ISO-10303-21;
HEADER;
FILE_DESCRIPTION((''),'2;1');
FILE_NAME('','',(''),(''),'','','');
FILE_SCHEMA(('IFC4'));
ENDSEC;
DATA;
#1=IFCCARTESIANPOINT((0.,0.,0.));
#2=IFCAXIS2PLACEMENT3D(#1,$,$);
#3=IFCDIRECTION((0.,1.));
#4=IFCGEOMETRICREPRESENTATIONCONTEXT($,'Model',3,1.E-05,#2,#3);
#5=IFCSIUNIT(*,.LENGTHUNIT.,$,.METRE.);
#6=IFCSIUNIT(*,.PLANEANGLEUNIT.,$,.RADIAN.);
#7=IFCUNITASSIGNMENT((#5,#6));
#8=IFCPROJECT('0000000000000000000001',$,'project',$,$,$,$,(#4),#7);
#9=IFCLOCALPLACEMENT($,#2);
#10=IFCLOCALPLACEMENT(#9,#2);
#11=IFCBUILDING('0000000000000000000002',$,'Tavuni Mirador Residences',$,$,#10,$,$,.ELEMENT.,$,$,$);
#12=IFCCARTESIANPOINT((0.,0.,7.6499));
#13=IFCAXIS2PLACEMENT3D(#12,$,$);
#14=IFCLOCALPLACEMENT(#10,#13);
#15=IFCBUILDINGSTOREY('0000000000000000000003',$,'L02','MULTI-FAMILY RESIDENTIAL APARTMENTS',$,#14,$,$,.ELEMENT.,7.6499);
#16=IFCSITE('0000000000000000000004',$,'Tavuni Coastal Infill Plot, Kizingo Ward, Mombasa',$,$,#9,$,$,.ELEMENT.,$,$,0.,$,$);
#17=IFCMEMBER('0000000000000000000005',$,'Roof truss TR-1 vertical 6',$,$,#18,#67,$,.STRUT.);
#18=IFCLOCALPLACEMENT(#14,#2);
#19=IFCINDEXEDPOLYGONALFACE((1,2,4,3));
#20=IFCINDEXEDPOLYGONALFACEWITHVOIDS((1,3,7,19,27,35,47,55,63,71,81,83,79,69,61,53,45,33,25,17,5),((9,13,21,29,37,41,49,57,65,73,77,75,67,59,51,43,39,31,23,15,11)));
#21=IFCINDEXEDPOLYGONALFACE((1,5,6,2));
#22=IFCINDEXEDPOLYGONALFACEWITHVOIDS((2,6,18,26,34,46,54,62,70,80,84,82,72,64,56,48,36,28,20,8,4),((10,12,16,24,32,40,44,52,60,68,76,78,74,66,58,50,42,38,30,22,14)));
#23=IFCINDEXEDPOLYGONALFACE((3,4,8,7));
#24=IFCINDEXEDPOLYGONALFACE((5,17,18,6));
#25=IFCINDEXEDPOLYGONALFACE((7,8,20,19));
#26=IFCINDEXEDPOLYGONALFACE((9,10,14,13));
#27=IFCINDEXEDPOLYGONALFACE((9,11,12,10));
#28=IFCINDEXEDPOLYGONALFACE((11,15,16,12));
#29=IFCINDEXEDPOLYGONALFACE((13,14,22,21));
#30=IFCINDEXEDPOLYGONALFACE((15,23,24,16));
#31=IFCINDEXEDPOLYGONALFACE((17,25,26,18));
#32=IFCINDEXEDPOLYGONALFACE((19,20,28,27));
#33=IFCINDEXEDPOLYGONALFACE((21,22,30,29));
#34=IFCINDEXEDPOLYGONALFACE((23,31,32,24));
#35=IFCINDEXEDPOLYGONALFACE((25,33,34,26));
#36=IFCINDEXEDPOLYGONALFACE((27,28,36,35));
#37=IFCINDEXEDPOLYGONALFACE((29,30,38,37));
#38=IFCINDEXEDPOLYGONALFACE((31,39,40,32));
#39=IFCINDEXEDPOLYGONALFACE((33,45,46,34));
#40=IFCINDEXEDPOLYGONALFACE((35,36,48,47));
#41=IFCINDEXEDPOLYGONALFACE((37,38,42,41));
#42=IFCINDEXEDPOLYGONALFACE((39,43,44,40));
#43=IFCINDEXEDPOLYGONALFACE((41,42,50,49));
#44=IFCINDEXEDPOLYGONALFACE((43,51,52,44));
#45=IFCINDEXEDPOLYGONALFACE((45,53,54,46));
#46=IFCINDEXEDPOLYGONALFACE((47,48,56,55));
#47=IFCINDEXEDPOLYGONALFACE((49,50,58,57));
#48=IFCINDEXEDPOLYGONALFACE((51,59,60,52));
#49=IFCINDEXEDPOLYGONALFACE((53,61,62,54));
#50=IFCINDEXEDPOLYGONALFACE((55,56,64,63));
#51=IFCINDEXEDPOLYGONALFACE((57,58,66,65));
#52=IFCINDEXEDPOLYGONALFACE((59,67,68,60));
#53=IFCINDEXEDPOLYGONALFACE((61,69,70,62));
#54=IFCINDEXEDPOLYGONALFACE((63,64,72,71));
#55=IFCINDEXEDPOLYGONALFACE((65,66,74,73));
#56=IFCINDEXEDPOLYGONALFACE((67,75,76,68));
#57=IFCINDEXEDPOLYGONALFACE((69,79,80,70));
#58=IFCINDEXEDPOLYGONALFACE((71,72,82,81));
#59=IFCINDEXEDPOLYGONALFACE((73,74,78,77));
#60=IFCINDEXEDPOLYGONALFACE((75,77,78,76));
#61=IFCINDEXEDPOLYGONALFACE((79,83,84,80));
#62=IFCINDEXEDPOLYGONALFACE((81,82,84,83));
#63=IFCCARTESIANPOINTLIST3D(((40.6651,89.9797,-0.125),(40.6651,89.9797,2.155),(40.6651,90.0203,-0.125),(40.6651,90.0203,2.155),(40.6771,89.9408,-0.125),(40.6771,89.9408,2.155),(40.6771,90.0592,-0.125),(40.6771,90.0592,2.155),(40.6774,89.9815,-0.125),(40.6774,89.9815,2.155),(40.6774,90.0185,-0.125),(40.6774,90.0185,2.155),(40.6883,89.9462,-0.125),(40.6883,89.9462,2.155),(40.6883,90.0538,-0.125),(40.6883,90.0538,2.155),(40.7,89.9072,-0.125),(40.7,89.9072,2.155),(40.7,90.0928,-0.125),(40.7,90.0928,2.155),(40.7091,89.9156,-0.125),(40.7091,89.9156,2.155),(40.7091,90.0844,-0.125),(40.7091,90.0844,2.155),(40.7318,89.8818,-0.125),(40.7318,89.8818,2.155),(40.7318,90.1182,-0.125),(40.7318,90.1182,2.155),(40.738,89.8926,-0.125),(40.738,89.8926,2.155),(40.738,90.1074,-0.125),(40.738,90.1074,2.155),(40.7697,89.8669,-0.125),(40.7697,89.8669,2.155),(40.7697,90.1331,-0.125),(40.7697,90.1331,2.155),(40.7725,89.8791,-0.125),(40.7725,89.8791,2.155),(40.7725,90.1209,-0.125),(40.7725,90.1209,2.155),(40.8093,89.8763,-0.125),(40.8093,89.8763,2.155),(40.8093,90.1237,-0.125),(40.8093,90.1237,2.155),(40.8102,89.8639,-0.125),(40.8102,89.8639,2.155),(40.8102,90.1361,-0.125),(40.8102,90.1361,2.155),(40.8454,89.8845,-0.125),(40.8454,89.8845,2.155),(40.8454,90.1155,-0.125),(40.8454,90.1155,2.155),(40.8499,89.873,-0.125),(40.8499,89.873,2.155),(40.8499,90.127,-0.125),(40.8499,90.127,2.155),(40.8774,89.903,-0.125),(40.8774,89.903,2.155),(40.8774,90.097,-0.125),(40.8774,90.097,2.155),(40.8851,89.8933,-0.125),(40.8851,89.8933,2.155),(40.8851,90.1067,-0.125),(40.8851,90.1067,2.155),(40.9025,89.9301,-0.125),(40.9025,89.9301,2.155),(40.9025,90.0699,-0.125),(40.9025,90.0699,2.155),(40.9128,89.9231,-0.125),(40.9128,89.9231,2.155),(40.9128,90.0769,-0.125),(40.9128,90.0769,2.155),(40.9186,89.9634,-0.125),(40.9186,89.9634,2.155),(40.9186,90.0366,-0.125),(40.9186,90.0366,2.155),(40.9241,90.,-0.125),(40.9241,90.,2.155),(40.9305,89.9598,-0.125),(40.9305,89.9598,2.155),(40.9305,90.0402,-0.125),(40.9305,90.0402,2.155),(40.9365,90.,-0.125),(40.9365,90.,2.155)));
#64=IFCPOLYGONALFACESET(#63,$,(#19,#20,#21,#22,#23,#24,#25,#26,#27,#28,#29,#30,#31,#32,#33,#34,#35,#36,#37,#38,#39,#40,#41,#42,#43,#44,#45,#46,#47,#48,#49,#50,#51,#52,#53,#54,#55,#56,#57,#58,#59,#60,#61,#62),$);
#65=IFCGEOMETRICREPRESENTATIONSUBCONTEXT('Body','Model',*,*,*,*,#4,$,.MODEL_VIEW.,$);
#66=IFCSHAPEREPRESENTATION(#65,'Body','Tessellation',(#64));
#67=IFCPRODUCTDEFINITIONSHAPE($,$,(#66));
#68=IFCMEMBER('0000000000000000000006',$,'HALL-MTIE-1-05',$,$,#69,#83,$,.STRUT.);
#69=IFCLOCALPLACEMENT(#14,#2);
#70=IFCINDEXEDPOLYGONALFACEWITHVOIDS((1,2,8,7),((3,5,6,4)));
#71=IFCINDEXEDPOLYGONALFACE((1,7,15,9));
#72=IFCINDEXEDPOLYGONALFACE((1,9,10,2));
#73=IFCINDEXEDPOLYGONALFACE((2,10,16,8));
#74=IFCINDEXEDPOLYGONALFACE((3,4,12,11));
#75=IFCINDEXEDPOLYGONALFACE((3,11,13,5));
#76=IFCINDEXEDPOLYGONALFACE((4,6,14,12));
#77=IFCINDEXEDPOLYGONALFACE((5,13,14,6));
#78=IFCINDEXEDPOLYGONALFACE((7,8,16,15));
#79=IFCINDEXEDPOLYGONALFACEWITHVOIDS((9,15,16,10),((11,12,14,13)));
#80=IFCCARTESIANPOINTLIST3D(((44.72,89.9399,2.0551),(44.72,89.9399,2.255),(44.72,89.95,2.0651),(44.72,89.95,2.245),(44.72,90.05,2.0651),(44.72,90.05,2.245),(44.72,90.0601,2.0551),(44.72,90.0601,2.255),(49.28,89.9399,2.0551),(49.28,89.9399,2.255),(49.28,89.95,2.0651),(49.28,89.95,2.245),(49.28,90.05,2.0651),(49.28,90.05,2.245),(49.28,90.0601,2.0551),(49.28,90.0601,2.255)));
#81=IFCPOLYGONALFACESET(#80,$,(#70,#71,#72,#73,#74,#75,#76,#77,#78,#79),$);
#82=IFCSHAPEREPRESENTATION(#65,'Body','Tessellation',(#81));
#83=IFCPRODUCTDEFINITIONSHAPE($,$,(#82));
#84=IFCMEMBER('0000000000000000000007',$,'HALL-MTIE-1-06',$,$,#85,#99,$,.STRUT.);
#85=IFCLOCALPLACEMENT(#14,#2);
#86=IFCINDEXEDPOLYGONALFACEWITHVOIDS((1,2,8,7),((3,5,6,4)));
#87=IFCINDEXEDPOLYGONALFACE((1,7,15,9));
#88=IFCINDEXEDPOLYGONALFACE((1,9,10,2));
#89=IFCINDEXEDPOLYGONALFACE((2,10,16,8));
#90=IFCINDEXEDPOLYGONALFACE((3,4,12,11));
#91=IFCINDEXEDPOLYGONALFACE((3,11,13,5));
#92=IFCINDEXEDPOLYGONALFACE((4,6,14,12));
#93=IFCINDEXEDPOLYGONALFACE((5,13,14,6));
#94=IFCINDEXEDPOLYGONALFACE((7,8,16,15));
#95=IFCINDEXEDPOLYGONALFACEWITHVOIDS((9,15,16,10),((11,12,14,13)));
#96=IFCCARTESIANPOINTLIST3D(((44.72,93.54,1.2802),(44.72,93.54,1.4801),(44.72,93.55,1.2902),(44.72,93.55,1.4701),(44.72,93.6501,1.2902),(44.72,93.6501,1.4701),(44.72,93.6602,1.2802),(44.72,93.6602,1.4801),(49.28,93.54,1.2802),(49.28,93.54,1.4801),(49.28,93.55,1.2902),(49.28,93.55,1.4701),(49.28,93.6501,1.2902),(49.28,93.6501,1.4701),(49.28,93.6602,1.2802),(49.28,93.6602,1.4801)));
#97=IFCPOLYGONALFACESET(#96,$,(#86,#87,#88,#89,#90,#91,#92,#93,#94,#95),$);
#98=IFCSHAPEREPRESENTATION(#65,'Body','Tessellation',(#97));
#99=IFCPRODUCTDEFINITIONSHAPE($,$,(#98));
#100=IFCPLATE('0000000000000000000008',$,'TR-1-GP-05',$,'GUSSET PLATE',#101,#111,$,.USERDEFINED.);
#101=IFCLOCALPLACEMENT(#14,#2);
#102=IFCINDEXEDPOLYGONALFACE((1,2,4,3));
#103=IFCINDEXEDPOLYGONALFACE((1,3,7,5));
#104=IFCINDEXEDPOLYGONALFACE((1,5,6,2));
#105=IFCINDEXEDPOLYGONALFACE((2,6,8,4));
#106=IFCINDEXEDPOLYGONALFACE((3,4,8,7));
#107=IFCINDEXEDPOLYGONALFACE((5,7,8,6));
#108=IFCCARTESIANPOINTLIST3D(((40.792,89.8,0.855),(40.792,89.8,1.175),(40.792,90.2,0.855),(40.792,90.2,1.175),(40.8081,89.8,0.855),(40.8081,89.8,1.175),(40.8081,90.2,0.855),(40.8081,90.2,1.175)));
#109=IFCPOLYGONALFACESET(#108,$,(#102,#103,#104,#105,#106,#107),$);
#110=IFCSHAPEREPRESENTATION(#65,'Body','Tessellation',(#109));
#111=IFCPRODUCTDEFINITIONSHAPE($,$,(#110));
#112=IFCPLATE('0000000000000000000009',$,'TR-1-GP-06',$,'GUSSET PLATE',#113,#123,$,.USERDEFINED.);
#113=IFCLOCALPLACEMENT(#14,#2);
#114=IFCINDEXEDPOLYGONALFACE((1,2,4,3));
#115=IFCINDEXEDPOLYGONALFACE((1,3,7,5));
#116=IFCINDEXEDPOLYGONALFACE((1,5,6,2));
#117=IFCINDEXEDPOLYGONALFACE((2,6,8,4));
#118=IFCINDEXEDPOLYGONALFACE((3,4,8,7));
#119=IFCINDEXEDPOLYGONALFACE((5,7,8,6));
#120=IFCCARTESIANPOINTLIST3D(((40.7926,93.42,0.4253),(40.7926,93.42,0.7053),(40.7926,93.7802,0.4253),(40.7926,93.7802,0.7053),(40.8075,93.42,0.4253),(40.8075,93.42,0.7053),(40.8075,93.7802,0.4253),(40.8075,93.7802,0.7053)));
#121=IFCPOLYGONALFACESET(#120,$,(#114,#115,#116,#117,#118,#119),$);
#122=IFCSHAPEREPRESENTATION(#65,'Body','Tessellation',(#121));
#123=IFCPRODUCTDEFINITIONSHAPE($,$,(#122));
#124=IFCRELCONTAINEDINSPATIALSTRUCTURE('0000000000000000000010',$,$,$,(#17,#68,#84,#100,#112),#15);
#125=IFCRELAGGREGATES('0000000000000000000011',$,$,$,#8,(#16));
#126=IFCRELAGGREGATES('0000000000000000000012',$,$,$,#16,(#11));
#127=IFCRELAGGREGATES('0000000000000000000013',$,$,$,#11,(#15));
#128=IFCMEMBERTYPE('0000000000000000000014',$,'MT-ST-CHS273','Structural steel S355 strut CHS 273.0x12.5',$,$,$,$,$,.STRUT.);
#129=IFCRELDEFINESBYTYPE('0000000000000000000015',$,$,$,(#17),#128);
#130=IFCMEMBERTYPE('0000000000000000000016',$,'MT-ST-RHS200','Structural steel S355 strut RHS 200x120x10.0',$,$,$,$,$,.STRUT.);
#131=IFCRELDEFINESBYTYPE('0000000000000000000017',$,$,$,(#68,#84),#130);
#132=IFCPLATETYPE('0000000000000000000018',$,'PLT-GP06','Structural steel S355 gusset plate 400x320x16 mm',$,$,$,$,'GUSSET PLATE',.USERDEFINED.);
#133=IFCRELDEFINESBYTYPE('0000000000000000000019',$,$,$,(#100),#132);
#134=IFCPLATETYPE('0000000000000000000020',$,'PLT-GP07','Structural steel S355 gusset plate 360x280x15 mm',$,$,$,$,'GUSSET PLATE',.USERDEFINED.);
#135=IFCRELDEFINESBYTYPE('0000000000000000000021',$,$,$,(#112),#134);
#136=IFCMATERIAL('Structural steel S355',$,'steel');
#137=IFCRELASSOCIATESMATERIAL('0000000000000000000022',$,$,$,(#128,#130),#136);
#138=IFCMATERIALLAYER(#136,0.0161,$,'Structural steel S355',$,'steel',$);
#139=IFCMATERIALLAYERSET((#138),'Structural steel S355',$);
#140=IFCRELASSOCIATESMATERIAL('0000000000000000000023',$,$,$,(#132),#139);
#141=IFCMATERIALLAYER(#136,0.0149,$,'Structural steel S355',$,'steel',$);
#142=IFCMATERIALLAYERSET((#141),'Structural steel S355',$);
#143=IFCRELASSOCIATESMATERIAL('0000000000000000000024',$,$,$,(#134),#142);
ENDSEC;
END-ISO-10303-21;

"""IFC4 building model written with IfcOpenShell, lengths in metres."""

from ifc_helpers import new_model, si_unit, direction, frame, origin, origin_2d, place, context, subcontext, project, spatial, rectangle, hollow_rectangle, hollow_circle, extrude, material, layer, layer_set, material_profile, profile_set, type_object, element, save


model = new_model("IFC4")

# Units and contexts
model_context = context("Model", 3, precision=1e-05, world=origin(), true_north=direction((0.0, 1.0)))
body_context = subcontext(model_context, "Body", "Model", "MODEL_VIEW")
ifc_project = project(units=[si_unit("LENGTHUNIT", "METRE"), si_unit("PLANEANGLEUNIT", "RADIAN")], contexts=[model_context])

# Site, building, storey
site_placement = place(None, origin())
site = spatial("IfcSite", under=ifc_project, at=site_placement, Name="Tavuni Coastal Infill Plot, Kizingo Ward, Mombasa", CompositionType="ELEMENT", RefElevation=0.0)
building_placement = place(site_placement, origin())
building = spatial("IfcBuilding", under=site, at=building_placement, Name="Tavuni Mirador Residences", CompositionType="ELEMENT")
storey_placement = place(building_placement, frame((0.0, 0.0, 7.6499)))
storey = spatial("IfcBuildingStorey", under=building, at=storey_placement, Name="L02", Description="MULTI-FAMILY RESIDENTIAL APARTMENTS", CompositionType="ELEMENT", Elevation=7.6499)

# Members
ifc_material = material(Name="Structural steel S355", Category="steel")
ifc_material_profile_1 = material_profile(ifc_material, hollow_circle(Radius=0.1365, WallThickness=0.0125, at=origin_2d()), Name="CHS 273.0x12.5", Category="steel")
ifc_profile_set_1 = profile_set([ifc_material_profile_1], Name="Structural steel S355")
member_type_1 = type_object("IfcMemberType", Name="MT-ST-CHS273", Description="Structural steel S355 strut CHS 273.0x12.5", PredefinedType="STRUT", material=ifc_profile_set_1)
member_1_placement = place(storey_placement, frame((40.8, 90.0, -0.125), z_axis=(0.0, 0.0, 1.0), x_axis=(1.0, 0.0, 0.0)))
element("IfcMember", 1, at=member_1_placement, inside=storey, type_object=member_type_1, Name="Roof truss TR-1 vertical 6", PredefinedType="STRUT", context=body_context, shape_type="SweptSolid", body=[
    extrude(hollow_circle(Radius=0.1365, WallThickness=0.0125, at=origin_2d()), origin(), (0.0, 0.0, 1.0), 2.28),
])
ifc_material_profile_2 = material_profile(ifc_material, hollow_rectangle(XDim=0.1201, YDim=0.2, WallThickness=0.01, at=origin_2d()), Name="RHS 200x120x10.0", Category="steel")
ifc_profile_set_2 = profile_set([ifc_material_profile_2], Name="Structural steel S355")
member_type_2 = type_object("IfcMemberType", Name="MT-ST-RHS200", Description="Structural steel S355 strut RHS 200x120x10.0", PredefinedType="STRUT", material=ifc_profile_set_2)
for number, where, z_axis, x_axis, name in (
    (2, (44.72, 90.0, 2.155), (1.0, 0.0, 0.0), (0.0, 1.0, 0.0), "HALL-MTIE-1-05"),
    (3, (44.72, 93.6001, 1.3801), (1.0, 0.0, 0.0), (0.0, 1.0, 0.0), "HALL-MTIE-1-06"),
):
    element("IfcMember", number, at=place(storey_placement, frame(where, z_axis=z_axis, x_axis=x_axis)), inside=storey, type_object=member_type_2, Name=name, PredefinedType="STRUT", context=body_context, shape_type="SweptSolid", body=[
        extrude(hollow_rectangle(XDim=0.1201, YDim=0.2, WallThickness=0.01, at=origin_2d()), origin(), (0.0, 0.0, 1.0), 4.5601),
    ])

# Plates
ifc_layer_1 = layer(ifc_material, 0.0161, Name="Structural steel S355", Category="steel")
ifc_layer_set_1 = layer_set([ifc_layer_1], Name="Structural steel S355")
plate_type_1 = type_object("IfcPlateType", Name="PLT-GP06", Description="Structural steel S355 gusset plate 400x320x16 mm", ElementType="GUSSET PLATE", PredefinedType="USERDEFINED", material=ifc_layer_set_1)
plate_1_placement = place(storey_placement, frame((40.8, 90.0, 0.855), z_axis=(0.0, 0.0, 1.0), x_axis=(0.0, 1.0, 0.0)))
element("IfcPlate", 4, at=plate_1_placement, inside=storey, type_object=plate_type_1, Name="TR-1-GP-05", ObjectType="GUSSET PLATE", PredefinedType="USERDEFINED", context=body_context, shape_type="SweptSolid", body=[
    extrude(rectangle(XDim=0.3999, YDim=0.0161, at=origin_2d()), origin(), (0.0, 0.0, 1.0), 0.3201),
])
ifc_layer_2 = layer(ifc_material, 0.0149, Name="Structural steel S355", Category="steel")
ifc_layer_set_2 = layer_set([ifc_layer_2], Name="Structural steel S355")
plate_type_2 = type_object("IfcPlateType", Name="PLT-GP07", Description="Structural steel S355 gusset plate 360x280x15 mm", ElementType="GUSSET PLATE", PredefinedType="USERDEFINED", material=ifc_layer_set_2)
plate_2_placement = place(storey_placement, frame((40.8, 93.6001, 0.4253), z_axis=(0.0, 0.0, 1.0), x_axis=(0.0, 1.0, 0.0)))
element("IfcPlate", 5, at=plate_2_placement, inside=storey, type_object=plate_type_2, Name="TR-1-GP-06", ObjectType="GUSSET PLATE", PredefinedType="USERDEFINED", context=body_context, shape_type="SweptSolid", body=[
    extrude(rectangle(XDim=0.3601, YDim=0.0149, at=origin_2d()), origin(), (0.0, 0.0, 1.0), 0.28),
])

save(model, "model.ifc")
